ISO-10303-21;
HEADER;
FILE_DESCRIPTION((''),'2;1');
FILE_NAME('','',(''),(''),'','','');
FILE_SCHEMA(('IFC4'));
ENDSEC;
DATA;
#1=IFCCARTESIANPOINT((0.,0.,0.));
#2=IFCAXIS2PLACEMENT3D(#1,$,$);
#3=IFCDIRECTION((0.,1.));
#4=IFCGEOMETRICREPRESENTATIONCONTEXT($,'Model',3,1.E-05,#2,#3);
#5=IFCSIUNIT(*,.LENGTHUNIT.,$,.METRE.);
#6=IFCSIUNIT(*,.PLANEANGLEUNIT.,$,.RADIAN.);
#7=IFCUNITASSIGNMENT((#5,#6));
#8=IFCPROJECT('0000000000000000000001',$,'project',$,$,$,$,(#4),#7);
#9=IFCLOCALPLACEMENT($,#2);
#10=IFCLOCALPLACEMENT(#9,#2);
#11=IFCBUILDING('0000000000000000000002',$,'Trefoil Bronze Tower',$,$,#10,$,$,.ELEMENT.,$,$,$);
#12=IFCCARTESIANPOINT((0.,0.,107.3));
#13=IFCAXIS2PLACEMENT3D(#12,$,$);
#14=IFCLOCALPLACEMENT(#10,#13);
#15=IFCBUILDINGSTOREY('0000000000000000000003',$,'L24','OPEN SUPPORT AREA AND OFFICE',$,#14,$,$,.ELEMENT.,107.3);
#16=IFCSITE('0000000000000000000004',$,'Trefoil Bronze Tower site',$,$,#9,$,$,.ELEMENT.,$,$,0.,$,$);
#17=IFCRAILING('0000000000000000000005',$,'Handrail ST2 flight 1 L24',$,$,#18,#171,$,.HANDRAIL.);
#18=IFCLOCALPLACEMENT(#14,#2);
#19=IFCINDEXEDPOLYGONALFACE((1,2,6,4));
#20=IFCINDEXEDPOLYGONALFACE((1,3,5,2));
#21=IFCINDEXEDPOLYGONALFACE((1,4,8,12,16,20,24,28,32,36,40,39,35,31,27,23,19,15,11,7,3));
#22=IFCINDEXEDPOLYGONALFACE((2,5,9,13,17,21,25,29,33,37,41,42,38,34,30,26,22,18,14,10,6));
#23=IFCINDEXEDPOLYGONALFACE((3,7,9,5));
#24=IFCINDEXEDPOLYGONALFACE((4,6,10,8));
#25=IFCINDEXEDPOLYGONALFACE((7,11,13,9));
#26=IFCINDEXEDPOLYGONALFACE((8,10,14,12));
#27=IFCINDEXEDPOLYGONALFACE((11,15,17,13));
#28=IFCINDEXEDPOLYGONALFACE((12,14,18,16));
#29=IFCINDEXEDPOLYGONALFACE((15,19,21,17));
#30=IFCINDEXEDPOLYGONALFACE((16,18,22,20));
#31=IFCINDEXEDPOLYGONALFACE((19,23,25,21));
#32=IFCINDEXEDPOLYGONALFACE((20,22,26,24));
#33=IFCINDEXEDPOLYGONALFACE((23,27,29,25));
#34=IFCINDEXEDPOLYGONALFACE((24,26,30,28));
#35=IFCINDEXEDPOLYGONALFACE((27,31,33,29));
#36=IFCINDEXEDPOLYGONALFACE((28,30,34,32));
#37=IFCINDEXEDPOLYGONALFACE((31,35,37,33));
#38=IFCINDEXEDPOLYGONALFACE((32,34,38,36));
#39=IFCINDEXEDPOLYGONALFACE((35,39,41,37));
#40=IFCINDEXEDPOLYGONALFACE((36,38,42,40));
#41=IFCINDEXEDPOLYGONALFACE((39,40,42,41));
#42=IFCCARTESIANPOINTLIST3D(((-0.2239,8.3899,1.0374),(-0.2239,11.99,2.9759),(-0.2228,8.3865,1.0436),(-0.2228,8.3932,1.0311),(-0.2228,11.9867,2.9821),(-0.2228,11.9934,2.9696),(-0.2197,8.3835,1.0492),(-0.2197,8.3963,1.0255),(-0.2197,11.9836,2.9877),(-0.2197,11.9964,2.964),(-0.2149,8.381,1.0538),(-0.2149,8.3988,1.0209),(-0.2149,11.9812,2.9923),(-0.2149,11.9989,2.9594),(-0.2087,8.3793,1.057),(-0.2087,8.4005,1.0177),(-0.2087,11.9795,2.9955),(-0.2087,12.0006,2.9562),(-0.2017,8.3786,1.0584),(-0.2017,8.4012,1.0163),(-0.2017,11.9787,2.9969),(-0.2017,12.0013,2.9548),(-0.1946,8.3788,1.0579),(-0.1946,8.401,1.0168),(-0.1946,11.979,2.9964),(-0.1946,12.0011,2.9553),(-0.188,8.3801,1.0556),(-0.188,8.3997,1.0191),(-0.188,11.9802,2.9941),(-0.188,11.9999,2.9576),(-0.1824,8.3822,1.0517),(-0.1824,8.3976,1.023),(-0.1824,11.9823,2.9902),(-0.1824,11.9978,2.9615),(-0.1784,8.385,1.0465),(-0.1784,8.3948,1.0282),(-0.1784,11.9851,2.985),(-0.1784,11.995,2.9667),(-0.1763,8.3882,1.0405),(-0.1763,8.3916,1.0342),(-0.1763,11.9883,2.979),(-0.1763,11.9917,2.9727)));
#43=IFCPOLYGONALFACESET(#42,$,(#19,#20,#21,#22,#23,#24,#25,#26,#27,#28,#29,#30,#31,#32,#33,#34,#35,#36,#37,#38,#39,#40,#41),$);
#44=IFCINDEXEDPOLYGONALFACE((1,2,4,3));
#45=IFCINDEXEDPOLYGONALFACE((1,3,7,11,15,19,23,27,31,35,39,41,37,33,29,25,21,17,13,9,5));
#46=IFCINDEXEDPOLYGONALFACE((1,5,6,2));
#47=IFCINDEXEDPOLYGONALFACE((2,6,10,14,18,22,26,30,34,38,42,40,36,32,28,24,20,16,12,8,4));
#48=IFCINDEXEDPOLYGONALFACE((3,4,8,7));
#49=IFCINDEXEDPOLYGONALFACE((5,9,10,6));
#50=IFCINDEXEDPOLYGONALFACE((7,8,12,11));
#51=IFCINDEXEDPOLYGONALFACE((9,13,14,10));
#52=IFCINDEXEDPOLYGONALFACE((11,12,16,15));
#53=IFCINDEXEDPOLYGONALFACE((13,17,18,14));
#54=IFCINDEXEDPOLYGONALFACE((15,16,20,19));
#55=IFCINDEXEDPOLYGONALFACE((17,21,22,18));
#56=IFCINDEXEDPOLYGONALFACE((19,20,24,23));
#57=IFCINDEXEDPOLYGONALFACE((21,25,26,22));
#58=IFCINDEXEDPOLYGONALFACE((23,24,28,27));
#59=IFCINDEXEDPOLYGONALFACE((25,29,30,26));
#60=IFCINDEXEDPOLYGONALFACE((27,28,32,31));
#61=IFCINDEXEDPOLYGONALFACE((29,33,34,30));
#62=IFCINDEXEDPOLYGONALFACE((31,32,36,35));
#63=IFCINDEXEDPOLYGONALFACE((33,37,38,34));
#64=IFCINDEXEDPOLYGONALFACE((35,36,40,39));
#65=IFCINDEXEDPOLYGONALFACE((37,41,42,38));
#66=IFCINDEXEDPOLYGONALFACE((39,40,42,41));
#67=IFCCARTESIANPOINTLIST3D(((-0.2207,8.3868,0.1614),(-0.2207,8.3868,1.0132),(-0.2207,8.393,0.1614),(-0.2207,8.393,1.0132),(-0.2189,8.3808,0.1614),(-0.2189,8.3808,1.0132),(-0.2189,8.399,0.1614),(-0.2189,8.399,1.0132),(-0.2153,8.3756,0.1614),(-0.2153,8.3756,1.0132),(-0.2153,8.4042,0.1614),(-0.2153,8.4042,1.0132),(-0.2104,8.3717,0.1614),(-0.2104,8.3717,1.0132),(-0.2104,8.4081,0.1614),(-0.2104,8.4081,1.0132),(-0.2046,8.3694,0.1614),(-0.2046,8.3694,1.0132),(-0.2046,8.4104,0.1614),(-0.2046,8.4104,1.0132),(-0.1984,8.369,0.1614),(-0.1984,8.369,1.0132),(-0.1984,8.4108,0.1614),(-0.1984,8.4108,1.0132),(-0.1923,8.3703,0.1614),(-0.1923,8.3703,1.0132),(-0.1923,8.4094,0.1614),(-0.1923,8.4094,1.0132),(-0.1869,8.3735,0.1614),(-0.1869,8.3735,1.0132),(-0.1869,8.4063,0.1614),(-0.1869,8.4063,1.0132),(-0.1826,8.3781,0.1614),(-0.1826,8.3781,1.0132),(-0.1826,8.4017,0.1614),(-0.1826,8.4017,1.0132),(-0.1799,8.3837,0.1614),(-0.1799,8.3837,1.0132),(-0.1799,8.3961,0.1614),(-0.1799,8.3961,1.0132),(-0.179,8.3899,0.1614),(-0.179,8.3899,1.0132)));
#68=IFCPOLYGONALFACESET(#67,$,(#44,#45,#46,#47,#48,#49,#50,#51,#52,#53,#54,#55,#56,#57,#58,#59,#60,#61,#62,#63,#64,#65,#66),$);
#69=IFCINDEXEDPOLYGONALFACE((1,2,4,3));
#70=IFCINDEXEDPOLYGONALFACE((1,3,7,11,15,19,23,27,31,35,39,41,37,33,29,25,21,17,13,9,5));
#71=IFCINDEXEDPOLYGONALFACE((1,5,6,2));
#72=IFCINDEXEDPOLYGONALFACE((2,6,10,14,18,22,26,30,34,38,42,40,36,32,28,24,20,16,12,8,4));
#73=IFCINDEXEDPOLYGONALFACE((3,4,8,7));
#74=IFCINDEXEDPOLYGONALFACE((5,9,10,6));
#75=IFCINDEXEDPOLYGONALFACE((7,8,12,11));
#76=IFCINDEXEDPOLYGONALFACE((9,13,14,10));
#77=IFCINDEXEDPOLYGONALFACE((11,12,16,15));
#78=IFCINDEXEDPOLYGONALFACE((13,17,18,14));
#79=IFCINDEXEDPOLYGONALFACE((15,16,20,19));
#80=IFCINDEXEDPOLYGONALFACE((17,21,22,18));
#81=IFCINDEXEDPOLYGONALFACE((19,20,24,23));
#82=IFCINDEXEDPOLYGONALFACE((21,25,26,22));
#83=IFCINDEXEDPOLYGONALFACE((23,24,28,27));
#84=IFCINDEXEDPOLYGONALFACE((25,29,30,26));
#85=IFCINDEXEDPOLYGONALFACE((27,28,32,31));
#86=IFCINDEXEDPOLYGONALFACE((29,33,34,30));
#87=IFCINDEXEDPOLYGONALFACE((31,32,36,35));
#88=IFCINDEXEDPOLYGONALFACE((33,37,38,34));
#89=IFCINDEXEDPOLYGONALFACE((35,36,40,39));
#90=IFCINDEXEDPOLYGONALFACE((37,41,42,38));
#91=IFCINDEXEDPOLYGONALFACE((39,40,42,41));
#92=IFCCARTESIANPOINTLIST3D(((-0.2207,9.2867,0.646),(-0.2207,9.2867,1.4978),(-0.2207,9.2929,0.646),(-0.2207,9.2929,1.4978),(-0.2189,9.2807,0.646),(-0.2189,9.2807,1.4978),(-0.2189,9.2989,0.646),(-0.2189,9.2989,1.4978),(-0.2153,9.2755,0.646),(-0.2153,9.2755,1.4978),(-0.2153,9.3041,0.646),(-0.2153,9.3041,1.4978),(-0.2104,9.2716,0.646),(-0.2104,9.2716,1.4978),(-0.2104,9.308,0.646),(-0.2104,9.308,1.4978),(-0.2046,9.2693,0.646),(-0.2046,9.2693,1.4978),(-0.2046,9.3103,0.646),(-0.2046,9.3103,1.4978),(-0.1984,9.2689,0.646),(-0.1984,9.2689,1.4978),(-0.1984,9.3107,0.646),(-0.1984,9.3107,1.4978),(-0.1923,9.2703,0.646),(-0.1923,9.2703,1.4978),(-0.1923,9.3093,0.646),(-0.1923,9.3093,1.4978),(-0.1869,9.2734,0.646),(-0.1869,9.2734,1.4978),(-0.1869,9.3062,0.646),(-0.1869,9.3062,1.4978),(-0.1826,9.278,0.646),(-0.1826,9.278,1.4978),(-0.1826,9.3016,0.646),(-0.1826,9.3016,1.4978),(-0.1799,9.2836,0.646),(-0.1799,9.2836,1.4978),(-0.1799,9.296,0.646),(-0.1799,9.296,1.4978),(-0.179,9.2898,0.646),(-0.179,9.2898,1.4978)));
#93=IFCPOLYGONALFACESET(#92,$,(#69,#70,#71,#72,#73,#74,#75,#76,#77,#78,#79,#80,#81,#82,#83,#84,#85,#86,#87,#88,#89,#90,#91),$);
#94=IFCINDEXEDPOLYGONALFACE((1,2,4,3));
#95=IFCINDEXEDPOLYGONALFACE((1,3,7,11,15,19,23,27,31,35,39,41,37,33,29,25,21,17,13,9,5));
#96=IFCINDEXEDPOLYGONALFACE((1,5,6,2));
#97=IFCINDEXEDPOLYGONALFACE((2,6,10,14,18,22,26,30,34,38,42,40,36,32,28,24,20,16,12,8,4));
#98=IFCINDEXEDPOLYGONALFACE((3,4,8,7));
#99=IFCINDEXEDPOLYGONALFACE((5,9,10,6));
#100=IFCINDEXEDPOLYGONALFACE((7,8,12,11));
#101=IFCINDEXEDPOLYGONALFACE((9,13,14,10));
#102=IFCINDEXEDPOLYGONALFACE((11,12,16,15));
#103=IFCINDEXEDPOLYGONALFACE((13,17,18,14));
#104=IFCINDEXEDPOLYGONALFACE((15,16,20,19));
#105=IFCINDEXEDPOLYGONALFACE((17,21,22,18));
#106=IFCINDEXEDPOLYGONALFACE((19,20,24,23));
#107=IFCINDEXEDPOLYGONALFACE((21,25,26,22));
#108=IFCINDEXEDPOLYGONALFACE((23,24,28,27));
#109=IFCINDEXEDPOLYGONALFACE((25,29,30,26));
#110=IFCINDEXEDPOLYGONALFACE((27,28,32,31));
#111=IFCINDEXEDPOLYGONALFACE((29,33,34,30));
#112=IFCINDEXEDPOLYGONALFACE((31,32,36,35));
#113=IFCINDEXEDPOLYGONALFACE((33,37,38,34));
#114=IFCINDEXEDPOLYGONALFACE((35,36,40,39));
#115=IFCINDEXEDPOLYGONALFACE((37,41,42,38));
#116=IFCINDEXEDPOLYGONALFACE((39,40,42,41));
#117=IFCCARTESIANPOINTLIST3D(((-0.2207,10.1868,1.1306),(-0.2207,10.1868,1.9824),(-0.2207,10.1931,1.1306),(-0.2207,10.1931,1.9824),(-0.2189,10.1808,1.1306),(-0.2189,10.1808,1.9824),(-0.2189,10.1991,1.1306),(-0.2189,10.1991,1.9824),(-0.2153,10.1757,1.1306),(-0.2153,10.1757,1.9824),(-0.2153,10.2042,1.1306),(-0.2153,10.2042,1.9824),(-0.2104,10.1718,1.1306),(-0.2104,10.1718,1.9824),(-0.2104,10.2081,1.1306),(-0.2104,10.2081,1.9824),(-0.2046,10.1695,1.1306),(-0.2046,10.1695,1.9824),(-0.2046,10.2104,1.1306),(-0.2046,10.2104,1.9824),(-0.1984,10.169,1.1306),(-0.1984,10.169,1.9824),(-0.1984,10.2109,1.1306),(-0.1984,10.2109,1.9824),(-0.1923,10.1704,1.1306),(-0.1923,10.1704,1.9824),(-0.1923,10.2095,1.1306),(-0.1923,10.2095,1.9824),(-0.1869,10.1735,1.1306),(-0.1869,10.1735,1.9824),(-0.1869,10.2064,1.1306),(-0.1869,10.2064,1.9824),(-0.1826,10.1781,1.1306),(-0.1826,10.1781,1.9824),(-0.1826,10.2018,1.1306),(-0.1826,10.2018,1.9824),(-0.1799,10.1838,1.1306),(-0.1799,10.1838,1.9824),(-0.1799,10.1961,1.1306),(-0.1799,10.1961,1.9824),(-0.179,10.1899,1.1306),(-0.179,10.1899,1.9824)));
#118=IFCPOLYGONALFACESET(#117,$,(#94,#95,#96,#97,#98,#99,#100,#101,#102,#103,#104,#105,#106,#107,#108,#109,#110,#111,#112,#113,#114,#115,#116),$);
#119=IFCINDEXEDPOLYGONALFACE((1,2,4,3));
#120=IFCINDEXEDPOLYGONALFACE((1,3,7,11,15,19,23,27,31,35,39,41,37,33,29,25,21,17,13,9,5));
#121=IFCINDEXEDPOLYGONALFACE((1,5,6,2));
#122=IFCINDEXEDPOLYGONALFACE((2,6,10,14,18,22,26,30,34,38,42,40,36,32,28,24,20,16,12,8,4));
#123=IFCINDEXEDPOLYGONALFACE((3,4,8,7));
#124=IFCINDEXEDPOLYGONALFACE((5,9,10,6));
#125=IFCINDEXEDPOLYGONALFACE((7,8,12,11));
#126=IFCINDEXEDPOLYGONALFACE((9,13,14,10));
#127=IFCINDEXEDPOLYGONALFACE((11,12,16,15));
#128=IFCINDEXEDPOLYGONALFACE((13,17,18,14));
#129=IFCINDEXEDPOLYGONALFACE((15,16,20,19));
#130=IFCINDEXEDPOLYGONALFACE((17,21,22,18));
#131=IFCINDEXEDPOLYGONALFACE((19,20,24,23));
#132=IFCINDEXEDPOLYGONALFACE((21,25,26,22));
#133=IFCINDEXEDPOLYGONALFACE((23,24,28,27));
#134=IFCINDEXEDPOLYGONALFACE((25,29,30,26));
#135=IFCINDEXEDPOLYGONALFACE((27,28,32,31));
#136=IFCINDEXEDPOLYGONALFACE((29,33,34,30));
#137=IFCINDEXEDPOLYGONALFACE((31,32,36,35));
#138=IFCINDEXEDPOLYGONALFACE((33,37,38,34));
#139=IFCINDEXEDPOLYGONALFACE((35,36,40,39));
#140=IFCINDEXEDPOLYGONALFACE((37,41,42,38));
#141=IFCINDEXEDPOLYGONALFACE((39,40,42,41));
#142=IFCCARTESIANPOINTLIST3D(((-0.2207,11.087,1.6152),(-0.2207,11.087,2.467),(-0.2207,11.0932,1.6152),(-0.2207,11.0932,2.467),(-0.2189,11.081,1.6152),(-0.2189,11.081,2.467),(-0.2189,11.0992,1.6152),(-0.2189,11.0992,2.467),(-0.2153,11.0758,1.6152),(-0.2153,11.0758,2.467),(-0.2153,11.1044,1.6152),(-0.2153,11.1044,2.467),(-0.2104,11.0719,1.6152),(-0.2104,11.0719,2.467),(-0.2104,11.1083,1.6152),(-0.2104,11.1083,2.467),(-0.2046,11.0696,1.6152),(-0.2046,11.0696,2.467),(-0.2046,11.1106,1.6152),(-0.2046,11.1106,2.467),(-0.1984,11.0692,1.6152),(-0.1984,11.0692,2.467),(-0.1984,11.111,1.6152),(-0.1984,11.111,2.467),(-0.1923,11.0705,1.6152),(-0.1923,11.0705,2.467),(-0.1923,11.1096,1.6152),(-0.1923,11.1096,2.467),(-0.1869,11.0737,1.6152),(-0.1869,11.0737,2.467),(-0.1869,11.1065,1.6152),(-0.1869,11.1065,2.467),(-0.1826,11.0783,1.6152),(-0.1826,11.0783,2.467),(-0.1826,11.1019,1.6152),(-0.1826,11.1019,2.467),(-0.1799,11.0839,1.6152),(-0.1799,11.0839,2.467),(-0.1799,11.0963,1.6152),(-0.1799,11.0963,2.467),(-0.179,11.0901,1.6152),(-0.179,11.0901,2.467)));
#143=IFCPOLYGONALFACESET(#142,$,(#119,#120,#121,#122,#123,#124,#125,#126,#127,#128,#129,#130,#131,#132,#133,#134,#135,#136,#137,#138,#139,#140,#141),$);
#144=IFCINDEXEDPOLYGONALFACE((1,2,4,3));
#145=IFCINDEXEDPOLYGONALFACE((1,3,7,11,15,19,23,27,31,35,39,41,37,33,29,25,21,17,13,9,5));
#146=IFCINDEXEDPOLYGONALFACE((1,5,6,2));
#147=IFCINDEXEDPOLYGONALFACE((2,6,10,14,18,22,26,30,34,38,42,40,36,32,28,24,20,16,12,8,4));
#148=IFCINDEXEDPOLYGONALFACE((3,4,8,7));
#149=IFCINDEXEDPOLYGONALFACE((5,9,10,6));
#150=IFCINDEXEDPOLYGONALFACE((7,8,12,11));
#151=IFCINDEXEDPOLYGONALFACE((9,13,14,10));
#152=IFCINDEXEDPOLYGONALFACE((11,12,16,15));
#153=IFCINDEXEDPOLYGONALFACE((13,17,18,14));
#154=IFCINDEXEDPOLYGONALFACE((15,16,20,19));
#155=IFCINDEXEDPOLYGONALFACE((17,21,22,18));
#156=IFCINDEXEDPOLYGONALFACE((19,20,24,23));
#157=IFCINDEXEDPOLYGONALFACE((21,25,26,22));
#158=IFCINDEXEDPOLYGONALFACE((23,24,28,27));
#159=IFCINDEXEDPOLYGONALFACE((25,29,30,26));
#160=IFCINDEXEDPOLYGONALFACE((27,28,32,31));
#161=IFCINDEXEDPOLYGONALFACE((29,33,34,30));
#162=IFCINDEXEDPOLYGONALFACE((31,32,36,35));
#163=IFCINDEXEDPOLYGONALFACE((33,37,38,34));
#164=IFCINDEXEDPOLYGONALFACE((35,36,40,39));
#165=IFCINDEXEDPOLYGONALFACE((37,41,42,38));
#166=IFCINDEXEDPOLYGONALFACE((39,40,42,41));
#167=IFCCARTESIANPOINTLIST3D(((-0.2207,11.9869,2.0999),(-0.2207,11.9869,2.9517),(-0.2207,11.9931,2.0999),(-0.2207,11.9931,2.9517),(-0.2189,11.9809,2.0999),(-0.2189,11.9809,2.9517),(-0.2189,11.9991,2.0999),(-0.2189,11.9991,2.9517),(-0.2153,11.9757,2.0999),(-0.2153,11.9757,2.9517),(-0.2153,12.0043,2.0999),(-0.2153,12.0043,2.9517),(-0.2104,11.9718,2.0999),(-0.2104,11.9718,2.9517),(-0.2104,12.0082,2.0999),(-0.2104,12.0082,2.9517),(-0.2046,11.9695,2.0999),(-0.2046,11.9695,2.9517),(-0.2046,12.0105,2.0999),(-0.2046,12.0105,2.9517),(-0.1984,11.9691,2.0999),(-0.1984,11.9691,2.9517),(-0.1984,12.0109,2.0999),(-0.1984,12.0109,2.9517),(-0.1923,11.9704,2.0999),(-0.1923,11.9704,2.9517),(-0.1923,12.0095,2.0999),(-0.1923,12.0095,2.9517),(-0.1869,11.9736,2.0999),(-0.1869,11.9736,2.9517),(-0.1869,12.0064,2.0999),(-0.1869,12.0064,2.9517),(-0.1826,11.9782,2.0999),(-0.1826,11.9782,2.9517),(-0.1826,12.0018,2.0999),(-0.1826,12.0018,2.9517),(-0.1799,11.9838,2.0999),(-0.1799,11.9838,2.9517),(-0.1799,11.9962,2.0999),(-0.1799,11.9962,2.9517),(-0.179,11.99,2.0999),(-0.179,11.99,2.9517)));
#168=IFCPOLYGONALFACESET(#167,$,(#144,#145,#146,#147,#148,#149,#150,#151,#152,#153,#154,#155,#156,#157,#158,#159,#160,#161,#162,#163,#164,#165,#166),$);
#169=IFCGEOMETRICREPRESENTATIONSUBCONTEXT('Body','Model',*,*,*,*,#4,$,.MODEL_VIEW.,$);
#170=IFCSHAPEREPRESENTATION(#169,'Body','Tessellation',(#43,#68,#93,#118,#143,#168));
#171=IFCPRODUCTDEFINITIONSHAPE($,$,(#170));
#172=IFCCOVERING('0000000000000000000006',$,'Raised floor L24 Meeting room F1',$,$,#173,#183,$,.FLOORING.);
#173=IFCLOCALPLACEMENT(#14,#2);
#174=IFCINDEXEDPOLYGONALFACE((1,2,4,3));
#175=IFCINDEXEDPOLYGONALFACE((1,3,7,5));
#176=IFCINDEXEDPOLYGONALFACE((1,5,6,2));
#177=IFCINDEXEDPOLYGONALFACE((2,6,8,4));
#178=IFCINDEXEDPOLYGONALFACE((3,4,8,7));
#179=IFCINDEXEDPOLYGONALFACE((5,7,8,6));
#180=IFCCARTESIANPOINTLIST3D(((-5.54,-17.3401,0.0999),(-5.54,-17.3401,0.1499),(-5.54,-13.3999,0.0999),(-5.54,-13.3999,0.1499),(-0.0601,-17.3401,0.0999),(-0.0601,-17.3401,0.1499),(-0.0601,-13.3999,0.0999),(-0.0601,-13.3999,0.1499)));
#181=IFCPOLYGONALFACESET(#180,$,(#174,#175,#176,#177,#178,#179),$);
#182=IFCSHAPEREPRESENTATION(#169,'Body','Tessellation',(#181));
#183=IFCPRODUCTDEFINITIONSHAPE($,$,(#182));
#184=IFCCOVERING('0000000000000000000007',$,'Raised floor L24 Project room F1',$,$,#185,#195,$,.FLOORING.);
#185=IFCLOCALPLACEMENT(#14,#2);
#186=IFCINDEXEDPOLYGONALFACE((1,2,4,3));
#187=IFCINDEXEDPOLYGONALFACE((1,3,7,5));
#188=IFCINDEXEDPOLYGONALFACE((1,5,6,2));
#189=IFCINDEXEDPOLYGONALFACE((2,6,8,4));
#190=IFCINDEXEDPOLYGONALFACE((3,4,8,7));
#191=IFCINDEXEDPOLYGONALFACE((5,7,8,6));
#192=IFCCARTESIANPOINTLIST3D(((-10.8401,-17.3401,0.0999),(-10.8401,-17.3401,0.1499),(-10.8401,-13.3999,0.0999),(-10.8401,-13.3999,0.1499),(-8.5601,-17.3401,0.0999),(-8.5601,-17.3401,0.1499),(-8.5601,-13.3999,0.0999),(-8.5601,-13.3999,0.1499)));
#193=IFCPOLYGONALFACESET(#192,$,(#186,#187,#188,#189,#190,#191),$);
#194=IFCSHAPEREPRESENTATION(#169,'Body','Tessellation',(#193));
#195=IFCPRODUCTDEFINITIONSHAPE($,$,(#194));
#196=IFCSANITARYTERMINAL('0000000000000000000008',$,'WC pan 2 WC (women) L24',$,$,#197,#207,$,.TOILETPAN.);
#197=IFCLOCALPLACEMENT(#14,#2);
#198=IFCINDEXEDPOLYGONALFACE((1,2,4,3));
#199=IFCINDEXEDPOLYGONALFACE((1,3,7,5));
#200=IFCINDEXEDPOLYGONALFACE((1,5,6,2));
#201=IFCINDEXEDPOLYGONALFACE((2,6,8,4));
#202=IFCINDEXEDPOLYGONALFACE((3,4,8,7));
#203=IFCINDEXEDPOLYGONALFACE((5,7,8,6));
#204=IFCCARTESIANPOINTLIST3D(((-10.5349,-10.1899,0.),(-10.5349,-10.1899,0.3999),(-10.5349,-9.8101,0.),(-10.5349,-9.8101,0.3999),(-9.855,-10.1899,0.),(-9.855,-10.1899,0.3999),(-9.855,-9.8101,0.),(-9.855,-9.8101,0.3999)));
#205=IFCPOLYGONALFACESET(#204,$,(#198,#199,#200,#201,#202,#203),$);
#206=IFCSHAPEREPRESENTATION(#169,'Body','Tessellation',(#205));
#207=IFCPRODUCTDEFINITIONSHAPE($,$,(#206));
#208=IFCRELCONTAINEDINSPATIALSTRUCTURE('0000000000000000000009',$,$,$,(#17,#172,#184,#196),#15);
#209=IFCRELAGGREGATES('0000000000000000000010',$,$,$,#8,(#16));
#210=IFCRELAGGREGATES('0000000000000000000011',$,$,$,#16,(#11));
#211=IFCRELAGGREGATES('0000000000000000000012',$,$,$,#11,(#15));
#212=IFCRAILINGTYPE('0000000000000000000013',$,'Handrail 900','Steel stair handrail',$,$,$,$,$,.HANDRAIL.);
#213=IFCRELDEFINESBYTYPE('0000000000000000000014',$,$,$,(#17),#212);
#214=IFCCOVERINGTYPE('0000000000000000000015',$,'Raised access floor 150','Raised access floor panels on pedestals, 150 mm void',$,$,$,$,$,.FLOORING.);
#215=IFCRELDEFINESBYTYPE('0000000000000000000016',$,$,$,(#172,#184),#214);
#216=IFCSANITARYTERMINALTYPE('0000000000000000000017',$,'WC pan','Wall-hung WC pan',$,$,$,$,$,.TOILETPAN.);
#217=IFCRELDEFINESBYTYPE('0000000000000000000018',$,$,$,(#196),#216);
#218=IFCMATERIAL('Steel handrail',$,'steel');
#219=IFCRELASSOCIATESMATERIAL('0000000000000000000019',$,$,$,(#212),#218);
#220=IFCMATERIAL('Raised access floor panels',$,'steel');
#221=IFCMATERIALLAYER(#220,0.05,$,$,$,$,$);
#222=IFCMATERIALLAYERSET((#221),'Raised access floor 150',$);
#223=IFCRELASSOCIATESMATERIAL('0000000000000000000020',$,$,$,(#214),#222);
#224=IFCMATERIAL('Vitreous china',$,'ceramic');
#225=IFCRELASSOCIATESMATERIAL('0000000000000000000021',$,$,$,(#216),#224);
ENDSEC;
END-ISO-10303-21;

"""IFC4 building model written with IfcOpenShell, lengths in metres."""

from ifc_helpers import new_model, si_unit, direction, frame, origin, origin_2d, place, context, subcontext, project, spatial, polyline, circle, outline, extrude, material, layer, layer_set, type_object, element, save


model = new_model("IFC4")

# Units and contexts
model_context = context("Model", 3, precision=1e-05, world=origin(), true_north=direction((0.0, 1.0)))
body_context = subcontext(model_context, "Body", "Model", "MODEL_VIEW")
ifc_project = project(units=[si_unit("LENGTHUNIT", "METRE"), si_unit("PLANEANGLEUNIT", "RADIAN")], contexts=[model_context])

# Site, building, storey
site_placement = place(None, origin())
site = spatial("IfcSite", under=ifc_project, at=site_placement, Name="Trefoil Bronze Tower site", CompositionType="ELEMENT", RefElevation=0.0)
building_placement = place(site_placement, origin())
building = spatial("IfcBuilding", under=site, at=building_placement, Name="Trefoil Bronze Tower", CompositionType="ELEMENT")
storey_placement = place(building_placement, frame((0.0, 0.0, 107.3)))
storey = spatial("IfcBuildingStorey", under=building, at=storey_placement, Name="L24", Description="OPEN SUPPORT AREA AND OFFICE", CompositionType="ELEMENT", Elevation=107.3)

# Railing
ifc_material_1 = material(Name="Steel handrail", Category="steel")
railing_type = type_object("IfcRailingType", Name="Handrail 900", Description="Steel stair handrail", PredefinedType="HANDRAIL", material=ifc_material_1)
railing_placement = place(storey_placement, frame((-0.2, 8.3899, 0.1614)))
element("IfcRailing", 1, at=railing_placement, inside=storey, type_object=railing_type, Name="Handrail ST2 flight 1 L24", PredefinedType="HANDRAIL", context=body_context, shape_type="SweptSolid", body=[
    extrude(circle(Radius=0.0239, at=origin_2d()), frame((0.0, 0.0, 0.876), z_axis=(0.0, 0.880475, 0.474093), x_axis=(-1.0, 0.0, 0.0)), (0.0, 0.0, 1.0), 4.0889),
    extrude(circle(Radius=0.021, at=origin_2d()), origin(), (0.0, 0.0, 1.0), 0.8518),
    extrude(circle(Radius=0.021, at=origin_2d()), frame((0.0, 0.8999, 0.4846)), (0.0, 0.0, 1.0), 0.8518),
    extrude(circle(Radius=0.021, at=origin_2d()), frame((0.0, 1.8, 0.9692)), (0.0, 0.0, 1.0), 0.8518),
    extrude(circle(Radius=0.021, at=origin_2d()), frame((0.0, 2.7002, 1.4539)), (0.0, 0.0, 1.0), 0.8518),
    extrude(circle(Radius=0.021, at=origin_2d()), frame((0.0, 3.6001, 1.9385)), (0.0, 0.0, 1.0), 0.8518),
])

# Coverings
ifc_material_2 = material(Name="Raised access floor panels", Category="steel")
ifc_layer_1 = layer(ifc_material_2, 0.05)
ifc_layer_set_1 = layer_set([ifc_layer_1], Name="Raised access floor 150")
covering_type_1 = type_object("IfcCoveringType", Name="Raised access floor 150", Description="Raised access floor panels on pedestals, 150 mm void", PredefinedType="FLOORING", material=ifc_layer_set_1)
covering_1_placement = place(storey_placement, frame((0.0, 0.0, 0.0999)))
element("IfcCovering", 2, at=covering_1_placement, inside=storey, type_object=covering_type_1, Name="Raised floor L24 Meeting room F1", PredefinedType="FLOORING", context=body_context, shape_type="SweptSolid", body=[
    extrude(outline(polyline([(-0.0601, -13.3999), (-0.0601, -17.3401), (-5.54, -17.3401), (-5.54, -13.3999), (-0.0601, -13.3999)])), origin(), (0.0, 0.0, 1.0), 0.05),
])
covering_2_placement = place(storey_placement, frame((0.0, 0.0, 0.0999)))
element("IfcCovering", 3, at=covering_2_placement, inside=storey, type_object=covering_type_1, Name="Raised floor L24 Project room F1", PredefinedType="FLOORING", context=body_context, shape_type="SweptSolid", body=[
    extrude(outline(polyline([(-8.5601, -13.3999), (-8.5601, -17.3401), (-10.8401, -17.3401), (-10.8401, -13.3999), (-8.5601, -13.3999)])), origin(), (0.0, 0.0, 1.0), 0.05),
])

# Sanitary terminal
ifc_material_3 = material(Name="Vitreous china", Category="ceramic")
sanitary_terminal_type = type_object("IfcSanitaryTerminalType", Name="WC pan", Description="Wall-hung WC pan", PredefinedType="TOILETPAN", material=ifc_material_3)
sanitary_terminal_1_placement = place(storey_placement, origin())
element("IfcSanitaryTerminal", 4, at=sanitary_terminal_1_placement, inside=storey, type_object=sanitary_terminal_type, Name="WC pan 2 WC (women) L24", PredefinedType="TOILETPAN", context=body_context, shape_type="SweptSolid", body=[
    extrude(outline(polyline([(-9.855, -9.8101), (-10.5349, -9.8101), (-10.5349, -10.1899), (-9.855, -10.1899), (-9.855, -9.8101)])), origin(), (0.0, 0.0, 1.0), 0.3999),
])

save(model, "model.ifc")
